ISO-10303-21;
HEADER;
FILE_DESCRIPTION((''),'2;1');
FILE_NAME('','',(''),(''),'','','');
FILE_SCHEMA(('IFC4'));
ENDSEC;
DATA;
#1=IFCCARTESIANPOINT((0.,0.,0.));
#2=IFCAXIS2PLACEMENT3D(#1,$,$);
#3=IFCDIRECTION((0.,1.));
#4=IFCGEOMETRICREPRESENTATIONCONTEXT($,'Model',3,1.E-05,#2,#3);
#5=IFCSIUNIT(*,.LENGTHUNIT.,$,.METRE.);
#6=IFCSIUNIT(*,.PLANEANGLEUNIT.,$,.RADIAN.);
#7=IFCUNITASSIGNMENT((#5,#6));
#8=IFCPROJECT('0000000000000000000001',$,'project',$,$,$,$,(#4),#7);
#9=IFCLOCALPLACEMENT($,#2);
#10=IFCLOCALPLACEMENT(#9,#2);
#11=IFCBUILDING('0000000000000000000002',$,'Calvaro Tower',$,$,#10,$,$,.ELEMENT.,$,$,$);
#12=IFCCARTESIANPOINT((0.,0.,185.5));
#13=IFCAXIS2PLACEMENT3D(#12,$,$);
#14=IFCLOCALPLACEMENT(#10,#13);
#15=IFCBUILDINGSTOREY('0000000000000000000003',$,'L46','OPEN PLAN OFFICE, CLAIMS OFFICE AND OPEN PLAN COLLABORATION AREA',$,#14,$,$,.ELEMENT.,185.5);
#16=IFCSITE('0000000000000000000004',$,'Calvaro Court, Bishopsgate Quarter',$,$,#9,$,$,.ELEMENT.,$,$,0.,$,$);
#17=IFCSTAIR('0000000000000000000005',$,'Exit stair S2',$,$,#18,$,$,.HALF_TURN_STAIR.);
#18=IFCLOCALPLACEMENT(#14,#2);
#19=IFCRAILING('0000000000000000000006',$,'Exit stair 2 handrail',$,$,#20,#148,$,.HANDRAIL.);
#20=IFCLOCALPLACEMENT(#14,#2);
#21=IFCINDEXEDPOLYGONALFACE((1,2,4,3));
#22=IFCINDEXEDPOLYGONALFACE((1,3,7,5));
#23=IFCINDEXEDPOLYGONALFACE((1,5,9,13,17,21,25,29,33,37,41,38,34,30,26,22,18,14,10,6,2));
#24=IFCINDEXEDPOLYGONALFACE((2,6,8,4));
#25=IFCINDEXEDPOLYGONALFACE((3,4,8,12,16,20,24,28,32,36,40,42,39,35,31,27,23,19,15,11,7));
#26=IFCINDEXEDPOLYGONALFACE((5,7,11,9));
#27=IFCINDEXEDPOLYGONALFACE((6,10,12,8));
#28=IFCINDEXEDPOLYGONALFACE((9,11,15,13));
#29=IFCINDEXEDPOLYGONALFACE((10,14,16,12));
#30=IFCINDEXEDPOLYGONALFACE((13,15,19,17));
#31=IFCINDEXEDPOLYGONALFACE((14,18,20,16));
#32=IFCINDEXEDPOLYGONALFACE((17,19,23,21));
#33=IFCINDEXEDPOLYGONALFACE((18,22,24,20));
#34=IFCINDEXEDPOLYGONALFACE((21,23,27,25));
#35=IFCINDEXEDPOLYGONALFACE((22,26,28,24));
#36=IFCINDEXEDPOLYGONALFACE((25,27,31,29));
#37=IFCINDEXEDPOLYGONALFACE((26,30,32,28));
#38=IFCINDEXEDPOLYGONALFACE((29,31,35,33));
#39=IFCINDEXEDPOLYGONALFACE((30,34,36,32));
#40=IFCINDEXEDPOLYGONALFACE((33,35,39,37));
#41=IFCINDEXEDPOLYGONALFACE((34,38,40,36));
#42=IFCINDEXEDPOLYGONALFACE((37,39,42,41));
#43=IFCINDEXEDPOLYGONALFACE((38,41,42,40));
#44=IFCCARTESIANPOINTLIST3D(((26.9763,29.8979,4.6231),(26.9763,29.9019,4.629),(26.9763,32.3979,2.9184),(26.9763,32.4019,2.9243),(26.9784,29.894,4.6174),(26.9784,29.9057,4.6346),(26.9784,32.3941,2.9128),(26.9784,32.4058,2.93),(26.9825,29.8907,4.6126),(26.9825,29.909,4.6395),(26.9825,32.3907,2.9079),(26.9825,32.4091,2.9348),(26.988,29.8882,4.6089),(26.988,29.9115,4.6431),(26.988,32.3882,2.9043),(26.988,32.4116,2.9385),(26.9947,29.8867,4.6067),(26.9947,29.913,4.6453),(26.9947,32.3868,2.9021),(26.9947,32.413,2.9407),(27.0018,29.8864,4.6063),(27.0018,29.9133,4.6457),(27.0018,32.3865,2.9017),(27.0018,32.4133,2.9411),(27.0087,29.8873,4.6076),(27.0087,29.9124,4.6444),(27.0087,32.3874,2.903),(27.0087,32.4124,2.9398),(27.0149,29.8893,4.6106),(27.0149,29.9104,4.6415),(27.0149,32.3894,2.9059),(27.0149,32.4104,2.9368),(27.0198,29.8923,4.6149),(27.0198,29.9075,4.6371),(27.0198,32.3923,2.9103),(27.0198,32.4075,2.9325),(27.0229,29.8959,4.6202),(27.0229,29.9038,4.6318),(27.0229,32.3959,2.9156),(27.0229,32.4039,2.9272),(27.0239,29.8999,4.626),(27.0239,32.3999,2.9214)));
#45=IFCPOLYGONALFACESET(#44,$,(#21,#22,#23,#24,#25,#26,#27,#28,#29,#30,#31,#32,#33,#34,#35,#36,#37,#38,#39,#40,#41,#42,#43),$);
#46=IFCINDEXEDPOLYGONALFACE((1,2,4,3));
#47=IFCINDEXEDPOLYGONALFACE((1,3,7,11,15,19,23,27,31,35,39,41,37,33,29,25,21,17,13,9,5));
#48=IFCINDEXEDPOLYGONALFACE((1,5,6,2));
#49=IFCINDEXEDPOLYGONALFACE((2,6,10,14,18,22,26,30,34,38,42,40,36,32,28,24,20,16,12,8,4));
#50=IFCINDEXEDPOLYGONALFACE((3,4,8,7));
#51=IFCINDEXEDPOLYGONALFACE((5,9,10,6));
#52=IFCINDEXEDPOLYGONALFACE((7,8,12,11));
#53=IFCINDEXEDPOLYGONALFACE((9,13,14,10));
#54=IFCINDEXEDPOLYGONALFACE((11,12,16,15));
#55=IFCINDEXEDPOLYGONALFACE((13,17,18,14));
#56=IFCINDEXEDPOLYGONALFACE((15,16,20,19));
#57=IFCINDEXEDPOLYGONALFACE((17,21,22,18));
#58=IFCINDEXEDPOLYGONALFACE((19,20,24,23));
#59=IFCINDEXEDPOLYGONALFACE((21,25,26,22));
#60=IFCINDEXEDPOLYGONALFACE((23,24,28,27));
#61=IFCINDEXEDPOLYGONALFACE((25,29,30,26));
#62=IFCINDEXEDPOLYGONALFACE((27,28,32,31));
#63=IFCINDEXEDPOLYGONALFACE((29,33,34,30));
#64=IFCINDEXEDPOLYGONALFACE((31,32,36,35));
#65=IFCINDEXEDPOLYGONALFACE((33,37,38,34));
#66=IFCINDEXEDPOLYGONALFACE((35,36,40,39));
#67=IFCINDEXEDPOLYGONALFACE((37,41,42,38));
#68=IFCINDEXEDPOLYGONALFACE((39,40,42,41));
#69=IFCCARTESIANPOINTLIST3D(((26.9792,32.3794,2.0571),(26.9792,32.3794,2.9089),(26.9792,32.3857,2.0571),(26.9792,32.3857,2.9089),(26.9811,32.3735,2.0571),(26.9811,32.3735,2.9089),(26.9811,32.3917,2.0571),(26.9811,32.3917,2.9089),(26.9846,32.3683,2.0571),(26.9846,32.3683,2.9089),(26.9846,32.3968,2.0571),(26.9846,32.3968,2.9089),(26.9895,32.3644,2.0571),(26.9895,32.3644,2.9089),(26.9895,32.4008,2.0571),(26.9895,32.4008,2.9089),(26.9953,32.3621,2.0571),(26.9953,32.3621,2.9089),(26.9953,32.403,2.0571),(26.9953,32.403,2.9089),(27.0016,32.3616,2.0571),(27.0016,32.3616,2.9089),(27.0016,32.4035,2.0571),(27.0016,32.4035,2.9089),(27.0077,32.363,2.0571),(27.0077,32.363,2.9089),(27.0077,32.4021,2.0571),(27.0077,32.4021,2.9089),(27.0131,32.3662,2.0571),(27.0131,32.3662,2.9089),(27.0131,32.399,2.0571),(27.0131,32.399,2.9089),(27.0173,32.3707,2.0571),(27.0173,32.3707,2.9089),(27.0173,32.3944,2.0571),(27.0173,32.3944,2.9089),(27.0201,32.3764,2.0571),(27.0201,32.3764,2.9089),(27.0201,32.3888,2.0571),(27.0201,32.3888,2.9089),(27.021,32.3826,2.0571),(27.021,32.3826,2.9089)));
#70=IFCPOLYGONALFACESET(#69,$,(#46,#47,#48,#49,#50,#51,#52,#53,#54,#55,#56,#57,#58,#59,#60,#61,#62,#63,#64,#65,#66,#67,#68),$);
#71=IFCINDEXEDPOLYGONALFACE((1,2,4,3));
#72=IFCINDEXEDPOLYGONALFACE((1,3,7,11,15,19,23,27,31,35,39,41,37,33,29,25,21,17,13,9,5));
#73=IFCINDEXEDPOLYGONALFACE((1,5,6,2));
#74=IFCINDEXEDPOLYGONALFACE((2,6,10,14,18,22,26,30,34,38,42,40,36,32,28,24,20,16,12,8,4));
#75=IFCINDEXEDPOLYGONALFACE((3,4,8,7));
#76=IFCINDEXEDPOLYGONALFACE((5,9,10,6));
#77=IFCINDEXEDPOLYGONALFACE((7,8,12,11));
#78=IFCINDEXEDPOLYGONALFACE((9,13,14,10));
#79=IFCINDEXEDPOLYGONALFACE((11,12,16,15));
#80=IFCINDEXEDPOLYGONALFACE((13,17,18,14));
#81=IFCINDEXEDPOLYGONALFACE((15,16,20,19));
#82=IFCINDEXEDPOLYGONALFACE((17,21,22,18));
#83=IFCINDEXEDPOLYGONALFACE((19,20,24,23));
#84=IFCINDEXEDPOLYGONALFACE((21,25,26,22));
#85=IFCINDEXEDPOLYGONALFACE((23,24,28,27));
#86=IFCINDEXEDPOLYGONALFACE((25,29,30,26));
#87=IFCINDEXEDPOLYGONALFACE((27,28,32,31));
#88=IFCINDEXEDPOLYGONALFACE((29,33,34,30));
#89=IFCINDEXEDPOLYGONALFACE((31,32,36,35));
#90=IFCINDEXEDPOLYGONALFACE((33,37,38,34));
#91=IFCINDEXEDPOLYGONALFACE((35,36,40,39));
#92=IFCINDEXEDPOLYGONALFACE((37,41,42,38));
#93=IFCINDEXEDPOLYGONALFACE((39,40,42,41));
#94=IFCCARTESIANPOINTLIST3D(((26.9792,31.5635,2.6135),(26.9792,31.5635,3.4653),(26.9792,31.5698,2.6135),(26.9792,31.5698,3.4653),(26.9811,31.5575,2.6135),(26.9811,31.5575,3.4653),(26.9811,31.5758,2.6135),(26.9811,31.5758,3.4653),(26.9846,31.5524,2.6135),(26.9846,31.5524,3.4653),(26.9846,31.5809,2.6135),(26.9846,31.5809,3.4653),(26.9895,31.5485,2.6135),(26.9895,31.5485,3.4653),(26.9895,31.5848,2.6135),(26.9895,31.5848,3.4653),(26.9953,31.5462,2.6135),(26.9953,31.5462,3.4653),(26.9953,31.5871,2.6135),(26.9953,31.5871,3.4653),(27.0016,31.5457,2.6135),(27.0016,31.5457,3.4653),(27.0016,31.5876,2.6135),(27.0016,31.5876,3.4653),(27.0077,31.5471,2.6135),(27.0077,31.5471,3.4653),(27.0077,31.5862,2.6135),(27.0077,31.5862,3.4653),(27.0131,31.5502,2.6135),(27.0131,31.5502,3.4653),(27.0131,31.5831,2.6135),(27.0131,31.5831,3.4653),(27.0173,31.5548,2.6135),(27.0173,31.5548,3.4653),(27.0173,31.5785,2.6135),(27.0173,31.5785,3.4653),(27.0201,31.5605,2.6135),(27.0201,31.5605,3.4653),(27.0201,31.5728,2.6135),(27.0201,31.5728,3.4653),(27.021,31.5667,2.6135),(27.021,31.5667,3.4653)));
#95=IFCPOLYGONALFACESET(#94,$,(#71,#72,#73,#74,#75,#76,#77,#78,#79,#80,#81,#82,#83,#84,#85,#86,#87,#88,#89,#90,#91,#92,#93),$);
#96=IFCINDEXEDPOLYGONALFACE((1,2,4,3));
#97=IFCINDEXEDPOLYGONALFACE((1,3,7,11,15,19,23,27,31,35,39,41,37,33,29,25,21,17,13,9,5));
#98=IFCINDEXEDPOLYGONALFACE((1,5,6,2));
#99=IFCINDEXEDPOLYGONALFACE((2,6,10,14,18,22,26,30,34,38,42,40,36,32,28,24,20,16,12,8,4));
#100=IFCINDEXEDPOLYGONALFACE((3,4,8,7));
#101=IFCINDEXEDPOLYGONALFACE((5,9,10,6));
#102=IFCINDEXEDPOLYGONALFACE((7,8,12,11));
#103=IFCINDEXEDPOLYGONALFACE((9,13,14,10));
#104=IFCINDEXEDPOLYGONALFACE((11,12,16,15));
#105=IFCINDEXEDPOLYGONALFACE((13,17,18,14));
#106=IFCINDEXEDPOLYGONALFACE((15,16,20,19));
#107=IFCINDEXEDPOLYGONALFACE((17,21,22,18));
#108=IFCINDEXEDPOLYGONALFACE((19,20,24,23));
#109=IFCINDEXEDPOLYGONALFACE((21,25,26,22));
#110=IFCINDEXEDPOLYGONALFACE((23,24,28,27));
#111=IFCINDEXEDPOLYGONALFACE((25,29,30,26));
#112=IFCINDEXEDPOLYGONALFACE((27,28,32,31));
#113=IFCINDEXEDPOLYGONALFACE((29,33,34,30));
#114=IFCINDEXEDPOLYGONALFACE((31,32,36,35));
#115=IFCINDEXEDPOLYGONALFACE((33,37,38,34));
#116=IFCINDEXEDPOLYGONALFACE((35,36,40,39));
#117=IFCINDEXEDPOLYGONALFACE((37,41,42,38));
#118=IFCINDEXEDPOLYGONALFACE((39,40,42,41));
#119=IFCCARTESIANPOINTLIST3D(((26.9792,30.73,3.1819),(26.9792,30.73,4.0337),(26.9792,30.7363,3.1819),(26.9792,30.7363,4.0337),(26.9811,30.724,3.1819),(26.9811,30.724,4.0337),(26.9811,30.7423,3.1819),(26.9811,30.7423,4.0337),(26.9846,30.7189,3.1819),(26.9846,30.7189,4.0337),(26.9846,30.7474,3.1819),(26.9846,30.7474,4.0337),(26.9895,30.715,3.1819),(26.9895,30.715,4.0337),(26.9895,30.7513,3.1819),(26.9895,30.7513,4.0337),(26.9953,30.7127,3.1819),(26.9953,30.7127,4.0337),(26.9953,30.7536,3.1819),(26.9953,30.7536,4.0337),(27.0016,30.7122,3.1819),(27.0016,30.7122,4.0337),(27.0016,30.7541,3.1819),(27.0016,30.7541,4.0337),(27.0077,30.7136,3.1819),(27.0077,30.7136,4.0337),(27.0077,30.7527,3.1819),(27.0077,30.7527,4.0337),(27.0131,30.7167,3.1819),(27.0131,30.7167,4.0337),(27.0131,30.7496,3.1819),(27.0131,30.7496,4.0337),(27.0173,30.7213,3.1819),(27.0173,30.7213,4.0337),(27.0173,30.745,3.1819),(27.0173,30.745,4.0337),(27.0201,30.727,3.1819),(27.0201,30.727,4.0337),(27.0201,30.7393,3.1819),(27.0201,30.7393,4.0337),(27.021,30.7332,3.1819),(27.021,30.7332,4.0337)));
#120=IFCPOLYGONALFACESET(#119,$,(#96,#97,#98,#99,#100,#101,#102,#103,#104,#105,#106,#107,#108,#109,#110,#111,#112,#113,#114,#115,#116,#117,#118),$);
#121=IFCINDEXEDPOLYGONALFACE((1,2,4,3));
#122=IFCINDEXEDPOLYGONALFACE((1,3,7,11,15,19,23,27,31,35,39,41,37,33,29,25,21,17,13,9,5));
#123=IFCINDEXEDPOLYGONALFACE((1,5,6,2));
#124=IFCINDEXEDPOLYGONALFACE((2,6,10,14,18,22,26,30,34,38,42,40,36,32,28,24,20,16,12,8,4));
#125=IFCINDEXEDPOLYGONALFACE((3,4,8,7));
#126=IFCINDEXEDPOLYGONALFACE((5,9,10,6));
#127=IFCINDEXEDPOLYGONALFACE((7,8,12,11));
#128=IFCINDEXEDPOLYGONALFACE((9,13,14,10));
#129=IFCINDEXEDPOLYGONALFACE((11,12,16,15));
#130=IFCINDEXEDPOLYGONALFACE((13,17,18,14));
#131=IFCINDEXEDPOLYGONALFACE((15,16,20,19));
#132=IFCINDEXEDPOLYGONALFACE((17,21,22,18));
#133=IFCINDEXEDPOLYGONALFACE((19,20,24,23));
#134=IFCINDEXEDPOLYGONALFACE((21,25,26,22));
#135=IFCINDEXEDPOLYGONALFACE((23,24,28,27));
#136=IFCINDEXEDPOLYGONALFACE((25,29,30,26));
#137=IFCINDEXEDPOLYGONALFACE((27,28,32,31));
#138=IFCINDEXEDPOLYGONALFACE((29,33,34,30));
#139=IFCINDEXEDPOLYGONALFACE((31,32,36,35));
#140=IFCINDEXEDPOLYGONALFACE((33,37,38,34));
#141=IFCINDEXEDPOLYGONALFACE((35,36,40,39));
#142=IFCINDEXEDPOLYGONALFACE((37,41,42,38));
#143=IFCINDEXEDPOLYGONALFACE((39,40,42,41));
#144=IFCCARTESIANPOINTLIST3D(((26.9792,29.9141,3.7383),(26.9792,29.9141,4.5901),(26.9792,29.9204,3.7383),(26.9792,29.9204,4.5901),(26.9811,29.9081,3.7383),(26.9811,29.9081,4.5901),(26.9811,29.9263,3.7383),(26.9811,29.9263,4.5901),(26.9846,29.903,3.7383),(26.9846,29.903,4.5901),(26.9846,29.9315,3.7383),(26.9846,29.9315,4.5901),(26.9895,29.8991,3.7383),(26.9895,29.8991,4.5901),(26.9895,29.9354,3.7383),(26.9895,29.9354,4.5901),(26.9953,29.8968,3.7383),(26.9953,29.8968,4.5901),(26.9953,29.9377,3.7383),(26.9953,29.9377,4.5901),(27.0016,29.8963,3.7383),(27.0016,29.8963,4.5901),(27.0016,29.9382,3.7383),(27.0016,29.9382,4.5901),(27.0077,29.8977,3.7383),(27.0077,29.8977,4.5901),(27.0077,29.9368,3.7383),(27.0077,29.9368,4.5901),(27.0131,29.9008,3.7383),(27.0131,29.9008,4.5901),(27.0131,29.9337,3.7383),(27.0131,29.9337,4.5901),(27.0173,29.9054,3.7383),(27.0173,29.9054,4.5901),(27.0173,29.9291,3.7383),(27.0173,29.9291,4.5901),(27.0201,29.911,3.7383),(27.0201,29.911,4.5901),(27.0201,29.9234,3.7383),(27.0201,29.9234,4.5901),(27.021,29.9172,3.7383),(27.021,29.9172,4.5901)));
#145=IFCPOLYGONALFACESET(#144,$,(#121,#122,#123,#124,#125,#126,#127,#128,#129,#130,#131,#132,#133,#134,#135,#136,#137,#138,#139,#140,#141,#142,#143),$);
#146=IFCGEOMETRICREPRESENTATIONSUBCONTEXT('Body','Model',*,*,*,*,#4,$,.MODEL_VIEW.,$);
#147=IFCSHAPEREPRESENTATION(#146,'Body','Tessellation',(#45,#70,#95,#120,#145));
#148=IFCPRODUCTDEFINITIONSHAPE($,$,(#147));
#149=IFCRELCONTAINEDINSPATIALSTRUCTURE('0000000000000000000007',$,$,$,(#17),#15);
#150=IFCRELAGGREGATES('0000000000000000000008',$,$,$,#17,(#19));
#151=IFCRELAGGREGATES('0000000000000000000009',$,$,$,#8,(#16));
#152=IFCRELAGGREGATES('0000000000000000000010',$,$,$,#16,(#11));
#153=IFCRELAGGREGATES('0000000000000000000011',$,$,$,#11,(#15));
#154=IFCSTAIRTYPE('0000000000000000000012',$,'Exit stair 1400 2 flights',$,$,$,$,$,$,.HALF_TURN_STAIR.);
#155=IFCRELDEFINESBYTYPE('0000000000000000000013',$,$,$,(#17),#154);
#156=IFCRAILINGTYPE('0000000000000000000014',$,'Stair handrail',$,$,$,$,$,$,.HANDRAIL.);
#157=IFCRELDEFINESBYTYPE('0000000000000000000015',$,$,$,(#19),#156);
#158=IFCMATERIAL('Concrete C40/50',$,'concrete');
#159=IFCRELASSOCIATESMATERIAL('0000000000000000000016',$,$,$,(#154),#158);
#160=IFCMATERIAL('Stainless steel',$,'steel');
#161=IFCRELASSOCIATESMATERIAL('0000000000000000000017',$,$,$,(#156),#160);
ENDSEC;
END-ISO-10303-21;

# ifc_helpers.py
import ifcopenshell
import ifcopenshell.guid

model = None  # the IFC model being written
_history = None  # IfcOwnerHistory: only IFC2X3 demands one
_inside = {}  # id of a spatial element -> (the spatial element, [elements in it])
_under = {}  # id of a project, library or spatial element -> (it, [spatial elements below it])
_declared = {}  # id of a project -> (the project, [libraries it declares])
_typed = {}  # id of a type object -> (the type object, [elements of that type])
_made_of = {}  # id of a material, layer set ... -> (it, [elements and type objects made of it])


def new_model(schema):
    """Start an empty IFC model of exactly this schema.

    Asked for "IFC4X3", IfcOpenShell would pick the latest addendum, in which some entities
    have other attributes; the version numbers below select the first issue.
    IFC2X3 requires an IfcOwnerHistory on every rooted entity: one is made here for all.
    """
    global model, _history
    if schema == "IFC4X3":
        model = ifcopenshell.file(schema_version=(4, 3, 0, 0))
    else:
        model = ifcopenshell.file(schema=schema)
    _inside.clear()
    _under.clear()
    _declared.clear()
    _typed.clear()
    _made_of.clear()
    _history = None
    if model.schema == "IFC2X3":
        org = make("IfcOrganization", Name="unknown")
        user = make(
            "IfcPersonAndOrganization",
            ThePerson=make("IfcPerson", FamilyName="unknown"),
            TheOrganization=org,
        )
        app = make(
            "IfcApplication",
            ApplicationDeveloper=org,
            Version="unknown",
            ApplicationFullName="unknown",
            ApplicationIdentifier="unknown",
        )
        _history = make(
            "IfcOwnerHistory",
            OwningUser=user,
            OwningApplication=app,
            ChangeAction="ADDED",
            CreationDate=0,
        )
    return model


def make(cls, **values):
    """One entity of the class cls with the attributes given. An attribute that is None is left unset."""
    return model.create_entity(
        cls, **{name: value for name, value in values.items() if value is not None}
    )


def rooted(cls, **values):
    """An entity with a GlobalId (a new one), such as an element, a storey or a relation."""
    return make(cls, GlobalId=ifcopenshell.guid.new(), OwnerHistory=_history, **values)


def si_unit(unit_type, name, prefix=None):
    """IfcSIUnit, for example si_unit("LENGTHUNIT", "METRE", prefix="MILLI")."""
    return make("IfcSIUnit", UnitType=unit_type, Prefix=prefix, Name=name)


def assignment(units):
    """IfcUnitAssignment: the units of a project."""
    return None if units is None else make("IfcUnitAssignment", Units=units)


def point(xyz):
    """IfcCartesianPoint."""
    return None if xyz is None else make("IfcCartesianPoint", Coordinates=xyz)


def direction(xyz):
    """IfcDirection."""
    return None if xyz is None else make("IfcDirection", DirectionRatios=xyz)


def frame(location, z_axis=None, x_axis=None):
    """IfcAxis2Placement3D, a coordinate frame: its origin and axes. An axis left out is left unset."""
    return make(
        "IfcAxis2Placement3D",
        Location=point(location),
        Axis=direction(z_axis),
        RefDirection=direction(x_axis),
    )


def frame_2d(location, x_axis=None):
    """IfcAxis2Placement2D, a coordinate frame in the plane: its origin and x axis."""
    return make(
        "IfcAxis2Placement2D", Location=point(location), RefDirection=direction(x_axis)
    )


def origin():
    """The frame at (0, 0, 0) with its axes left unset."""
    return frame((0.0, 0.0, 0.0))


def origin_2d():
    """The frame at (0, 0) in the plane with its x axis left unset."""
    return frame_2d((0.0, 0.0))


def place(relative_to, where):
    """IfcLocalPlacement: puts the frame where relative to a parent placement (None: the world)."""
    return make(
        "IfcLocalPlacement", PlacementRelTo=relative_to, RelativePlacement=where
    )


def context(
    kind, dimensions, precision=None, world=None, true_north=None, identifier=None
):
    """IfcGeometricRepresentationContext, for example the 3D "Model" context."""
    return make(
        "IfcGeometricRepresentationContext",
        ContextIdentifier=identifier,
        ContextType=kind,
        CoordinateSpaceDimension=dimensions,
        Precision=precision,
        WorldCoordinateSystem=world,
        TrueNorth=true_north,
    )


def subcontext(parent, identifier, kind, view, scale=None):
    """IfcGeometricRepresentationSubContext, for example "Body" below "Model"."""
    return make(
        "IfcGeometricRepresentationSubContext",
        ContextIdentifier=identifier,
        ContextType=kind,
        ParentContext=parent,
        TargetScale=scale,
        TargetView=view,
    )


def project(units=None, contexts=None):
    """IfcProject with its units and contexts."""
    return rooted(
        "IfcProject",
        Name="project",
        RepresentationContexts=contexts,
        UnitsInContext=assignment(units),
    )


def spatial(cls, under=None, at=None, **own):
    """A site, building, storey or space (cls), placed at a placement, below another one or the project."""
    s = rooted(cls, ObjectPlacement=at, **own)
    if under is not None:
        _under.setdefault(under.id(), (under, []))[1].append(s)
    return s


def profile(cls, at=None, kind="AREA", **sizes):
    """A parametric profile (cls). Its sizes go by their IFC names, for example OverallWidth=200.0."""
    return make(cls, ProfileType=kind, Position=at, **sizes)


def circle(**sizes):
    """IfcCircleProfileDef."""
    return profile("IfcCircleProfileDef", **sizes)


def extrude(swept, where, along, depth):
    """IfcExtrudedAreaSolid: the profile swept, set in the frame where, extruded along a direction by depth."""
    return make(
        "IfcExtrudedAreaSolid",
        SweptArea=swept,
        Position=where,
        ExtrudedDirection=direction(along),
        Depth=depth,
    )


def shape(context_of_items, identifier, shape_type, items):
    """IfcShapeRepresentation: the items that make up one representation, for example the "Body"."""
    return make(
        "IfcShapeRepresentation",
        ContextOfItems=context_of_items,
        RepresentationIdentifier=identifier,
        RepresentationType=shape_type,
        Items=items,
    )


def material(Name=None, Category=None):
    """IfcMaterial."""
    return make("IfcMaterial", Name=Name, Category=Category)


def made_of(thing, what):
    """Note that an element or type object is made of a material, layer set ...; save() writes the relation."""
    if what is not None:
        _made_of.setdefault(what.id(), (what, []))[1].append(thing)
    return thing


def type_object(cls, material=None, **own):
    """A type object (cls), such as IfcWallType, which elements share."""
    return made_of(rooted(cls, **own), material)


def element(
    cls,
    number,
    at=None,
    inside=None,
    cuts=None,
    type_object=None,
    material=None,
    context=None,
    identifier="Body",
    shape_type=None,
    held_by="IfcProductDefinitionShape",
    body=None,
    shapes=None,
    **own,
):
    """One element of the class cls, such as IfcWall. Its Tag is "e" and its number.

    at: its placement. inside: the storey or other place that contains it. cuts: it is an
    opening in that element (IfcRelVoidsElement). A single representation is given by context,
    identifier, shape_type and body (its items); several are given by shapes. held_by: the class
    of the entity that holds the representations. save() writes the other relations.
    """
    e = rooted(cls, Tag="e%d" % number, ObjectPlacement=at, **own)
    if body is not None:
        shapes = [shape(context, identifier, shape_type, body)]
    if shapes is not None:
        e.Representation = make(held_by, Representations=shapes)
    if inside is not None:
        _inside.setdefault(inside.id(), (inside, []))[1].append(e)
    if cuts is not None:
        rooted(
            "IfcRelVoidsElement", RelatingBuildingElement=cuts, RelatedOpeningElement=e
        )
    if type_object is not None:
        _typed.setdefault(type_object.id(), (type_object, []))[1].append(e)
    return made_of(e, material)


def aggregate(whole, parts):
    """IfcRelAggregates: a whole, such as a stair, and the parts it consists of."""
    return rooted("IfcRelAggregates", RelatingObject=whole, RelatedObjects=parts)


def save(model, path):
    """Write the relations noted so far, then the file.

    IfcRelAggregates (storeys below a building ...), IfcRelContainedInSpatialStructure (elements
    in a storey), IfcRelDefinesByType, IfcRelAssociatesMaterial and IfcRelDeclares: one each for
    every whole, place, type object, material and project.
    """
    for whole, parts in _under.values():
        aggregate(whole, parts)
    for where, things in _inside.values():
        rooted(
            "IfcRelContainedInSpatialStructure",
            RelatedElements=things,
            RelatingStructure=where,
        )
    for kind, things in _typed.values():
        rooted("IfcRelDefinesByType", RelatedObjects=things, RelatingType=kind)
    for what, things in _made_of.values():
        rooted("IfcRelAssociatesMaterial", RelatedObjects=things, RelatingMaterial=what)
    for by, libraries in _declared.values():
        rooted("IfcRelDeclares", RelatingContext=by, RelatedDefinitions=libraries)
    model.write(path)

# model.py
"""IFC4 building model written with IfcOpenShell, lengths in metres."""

from ifc_helpers import new_model, si_unit, direction, frame, origin, origin_2d, place, context, subcontext, project, spatial, circle, extrude, material, type_object, element, aggregate, save


model = new_model("IFC4")

# Units and contexts
model_context = context("Model", 3, precision=1e-05, world=origin(), true_north=direction((0.0, 1.0)))
body_context = subcontext(model_context, "Body", "Model", "MODEL_VIEW")
ifc_project = project(units=[si_unit("LENGTHUNIT", "METRE"), si_unit("PLANEANGLEUNIT", "RADIAN")], contexts=[model_context])

# Site, building, storey
site_placement = place(None, origin())
site = spatial("IfcSite", under=ifc_project, at=site_placement, Name="Calvaro Court, Bishopsgate Quarter", CompositionType="ELEMENT", RefElevation=0.0)
building_placement = place(site_placement, origin())
building = spatial("IfcBuilding", under=site, at=building_placement, Name="Calvaro Tower", CompositionType="ELEMENT")
storey_placement = place(building_placement, frame((0.0, 0.0, 185.5)))
storey = spatial("IfcBuildingStorey", under=building, at=storey_placement, Name="L46", Description="OPEN PLAN OFFICE, CLAIMS OFFICE AND OPEN PLAN COLLABORATION AREA", CompositionType="ELEMENT", Elevation=185.5)

# Stair, railing
ifc_material_1 = material(Name="Concrete C40/50", Category="concrete")
stair_type = type_object("IfcStairType", Name="Exit stair 1400 2 flights", PredefinedType="HALF_TURN_STAIR", material=ifc_material_1)
stair_placement = place(storey_placement, origin())
stair = element("IfcStair", 1, at=stair_placement, inside=storey, type_object=stair_type, Name="Exit stair S2", PredefinedType="HALF_TURN_STAIR")
ifc_material_2 = material(Name="Stainless steel", Category="steel")
railing_type = type_object("IfcRailingType", Name="Stair handrail", PredefinedType="HANDRAIL", material=ifc_material_2)
railing_placement = place(storey_placement, frame((27.0, 32.3999, 2.0454)))
railing = element("IfcRailing", 2, at=railing_placement, type_object=railing_type, Name="Exit stair 2 handrail", PredefinedType="HANDRAIL", context=body_context, shape_type="SweptSolid", body=[
    extrude(circle(Radius=0.0239, at=origin_2d()), frame((0.0, 0.0, 0.876), z_axis=(0.0, -0.826221, 0.563347), x_axis=(1.0, 0.0, 0.0)), (0.0, 0.0, 1.0), 3.0259),
    extrude(circle(Radius=0.021, at=origin_2d()), frame((0.0, -0.0173, 0.0117)), (0.0, 0.0, 1.0), 0.8518),
    extrude(circle(Radius=0.021, at=origin_2d()), frame((0.0, -0.8333, 0.5681)), (0.0, 0.0, 1.0), 0.8518),
    extrude(circle(Radius=0.021, at=origin_2d()), frame((0.0, -1.6667, 1.1365)), (0.0, 0.0, 1.0), 0.8518),
    extrude(circle(Radius=0.021, at=origin_2d()), frame((0.0, -2.4827, 1.6929)), (0.0, 0.0, 1.0), 0.8518),
])
aggregate(stair, [railing])

save(model, "model.ifc")
